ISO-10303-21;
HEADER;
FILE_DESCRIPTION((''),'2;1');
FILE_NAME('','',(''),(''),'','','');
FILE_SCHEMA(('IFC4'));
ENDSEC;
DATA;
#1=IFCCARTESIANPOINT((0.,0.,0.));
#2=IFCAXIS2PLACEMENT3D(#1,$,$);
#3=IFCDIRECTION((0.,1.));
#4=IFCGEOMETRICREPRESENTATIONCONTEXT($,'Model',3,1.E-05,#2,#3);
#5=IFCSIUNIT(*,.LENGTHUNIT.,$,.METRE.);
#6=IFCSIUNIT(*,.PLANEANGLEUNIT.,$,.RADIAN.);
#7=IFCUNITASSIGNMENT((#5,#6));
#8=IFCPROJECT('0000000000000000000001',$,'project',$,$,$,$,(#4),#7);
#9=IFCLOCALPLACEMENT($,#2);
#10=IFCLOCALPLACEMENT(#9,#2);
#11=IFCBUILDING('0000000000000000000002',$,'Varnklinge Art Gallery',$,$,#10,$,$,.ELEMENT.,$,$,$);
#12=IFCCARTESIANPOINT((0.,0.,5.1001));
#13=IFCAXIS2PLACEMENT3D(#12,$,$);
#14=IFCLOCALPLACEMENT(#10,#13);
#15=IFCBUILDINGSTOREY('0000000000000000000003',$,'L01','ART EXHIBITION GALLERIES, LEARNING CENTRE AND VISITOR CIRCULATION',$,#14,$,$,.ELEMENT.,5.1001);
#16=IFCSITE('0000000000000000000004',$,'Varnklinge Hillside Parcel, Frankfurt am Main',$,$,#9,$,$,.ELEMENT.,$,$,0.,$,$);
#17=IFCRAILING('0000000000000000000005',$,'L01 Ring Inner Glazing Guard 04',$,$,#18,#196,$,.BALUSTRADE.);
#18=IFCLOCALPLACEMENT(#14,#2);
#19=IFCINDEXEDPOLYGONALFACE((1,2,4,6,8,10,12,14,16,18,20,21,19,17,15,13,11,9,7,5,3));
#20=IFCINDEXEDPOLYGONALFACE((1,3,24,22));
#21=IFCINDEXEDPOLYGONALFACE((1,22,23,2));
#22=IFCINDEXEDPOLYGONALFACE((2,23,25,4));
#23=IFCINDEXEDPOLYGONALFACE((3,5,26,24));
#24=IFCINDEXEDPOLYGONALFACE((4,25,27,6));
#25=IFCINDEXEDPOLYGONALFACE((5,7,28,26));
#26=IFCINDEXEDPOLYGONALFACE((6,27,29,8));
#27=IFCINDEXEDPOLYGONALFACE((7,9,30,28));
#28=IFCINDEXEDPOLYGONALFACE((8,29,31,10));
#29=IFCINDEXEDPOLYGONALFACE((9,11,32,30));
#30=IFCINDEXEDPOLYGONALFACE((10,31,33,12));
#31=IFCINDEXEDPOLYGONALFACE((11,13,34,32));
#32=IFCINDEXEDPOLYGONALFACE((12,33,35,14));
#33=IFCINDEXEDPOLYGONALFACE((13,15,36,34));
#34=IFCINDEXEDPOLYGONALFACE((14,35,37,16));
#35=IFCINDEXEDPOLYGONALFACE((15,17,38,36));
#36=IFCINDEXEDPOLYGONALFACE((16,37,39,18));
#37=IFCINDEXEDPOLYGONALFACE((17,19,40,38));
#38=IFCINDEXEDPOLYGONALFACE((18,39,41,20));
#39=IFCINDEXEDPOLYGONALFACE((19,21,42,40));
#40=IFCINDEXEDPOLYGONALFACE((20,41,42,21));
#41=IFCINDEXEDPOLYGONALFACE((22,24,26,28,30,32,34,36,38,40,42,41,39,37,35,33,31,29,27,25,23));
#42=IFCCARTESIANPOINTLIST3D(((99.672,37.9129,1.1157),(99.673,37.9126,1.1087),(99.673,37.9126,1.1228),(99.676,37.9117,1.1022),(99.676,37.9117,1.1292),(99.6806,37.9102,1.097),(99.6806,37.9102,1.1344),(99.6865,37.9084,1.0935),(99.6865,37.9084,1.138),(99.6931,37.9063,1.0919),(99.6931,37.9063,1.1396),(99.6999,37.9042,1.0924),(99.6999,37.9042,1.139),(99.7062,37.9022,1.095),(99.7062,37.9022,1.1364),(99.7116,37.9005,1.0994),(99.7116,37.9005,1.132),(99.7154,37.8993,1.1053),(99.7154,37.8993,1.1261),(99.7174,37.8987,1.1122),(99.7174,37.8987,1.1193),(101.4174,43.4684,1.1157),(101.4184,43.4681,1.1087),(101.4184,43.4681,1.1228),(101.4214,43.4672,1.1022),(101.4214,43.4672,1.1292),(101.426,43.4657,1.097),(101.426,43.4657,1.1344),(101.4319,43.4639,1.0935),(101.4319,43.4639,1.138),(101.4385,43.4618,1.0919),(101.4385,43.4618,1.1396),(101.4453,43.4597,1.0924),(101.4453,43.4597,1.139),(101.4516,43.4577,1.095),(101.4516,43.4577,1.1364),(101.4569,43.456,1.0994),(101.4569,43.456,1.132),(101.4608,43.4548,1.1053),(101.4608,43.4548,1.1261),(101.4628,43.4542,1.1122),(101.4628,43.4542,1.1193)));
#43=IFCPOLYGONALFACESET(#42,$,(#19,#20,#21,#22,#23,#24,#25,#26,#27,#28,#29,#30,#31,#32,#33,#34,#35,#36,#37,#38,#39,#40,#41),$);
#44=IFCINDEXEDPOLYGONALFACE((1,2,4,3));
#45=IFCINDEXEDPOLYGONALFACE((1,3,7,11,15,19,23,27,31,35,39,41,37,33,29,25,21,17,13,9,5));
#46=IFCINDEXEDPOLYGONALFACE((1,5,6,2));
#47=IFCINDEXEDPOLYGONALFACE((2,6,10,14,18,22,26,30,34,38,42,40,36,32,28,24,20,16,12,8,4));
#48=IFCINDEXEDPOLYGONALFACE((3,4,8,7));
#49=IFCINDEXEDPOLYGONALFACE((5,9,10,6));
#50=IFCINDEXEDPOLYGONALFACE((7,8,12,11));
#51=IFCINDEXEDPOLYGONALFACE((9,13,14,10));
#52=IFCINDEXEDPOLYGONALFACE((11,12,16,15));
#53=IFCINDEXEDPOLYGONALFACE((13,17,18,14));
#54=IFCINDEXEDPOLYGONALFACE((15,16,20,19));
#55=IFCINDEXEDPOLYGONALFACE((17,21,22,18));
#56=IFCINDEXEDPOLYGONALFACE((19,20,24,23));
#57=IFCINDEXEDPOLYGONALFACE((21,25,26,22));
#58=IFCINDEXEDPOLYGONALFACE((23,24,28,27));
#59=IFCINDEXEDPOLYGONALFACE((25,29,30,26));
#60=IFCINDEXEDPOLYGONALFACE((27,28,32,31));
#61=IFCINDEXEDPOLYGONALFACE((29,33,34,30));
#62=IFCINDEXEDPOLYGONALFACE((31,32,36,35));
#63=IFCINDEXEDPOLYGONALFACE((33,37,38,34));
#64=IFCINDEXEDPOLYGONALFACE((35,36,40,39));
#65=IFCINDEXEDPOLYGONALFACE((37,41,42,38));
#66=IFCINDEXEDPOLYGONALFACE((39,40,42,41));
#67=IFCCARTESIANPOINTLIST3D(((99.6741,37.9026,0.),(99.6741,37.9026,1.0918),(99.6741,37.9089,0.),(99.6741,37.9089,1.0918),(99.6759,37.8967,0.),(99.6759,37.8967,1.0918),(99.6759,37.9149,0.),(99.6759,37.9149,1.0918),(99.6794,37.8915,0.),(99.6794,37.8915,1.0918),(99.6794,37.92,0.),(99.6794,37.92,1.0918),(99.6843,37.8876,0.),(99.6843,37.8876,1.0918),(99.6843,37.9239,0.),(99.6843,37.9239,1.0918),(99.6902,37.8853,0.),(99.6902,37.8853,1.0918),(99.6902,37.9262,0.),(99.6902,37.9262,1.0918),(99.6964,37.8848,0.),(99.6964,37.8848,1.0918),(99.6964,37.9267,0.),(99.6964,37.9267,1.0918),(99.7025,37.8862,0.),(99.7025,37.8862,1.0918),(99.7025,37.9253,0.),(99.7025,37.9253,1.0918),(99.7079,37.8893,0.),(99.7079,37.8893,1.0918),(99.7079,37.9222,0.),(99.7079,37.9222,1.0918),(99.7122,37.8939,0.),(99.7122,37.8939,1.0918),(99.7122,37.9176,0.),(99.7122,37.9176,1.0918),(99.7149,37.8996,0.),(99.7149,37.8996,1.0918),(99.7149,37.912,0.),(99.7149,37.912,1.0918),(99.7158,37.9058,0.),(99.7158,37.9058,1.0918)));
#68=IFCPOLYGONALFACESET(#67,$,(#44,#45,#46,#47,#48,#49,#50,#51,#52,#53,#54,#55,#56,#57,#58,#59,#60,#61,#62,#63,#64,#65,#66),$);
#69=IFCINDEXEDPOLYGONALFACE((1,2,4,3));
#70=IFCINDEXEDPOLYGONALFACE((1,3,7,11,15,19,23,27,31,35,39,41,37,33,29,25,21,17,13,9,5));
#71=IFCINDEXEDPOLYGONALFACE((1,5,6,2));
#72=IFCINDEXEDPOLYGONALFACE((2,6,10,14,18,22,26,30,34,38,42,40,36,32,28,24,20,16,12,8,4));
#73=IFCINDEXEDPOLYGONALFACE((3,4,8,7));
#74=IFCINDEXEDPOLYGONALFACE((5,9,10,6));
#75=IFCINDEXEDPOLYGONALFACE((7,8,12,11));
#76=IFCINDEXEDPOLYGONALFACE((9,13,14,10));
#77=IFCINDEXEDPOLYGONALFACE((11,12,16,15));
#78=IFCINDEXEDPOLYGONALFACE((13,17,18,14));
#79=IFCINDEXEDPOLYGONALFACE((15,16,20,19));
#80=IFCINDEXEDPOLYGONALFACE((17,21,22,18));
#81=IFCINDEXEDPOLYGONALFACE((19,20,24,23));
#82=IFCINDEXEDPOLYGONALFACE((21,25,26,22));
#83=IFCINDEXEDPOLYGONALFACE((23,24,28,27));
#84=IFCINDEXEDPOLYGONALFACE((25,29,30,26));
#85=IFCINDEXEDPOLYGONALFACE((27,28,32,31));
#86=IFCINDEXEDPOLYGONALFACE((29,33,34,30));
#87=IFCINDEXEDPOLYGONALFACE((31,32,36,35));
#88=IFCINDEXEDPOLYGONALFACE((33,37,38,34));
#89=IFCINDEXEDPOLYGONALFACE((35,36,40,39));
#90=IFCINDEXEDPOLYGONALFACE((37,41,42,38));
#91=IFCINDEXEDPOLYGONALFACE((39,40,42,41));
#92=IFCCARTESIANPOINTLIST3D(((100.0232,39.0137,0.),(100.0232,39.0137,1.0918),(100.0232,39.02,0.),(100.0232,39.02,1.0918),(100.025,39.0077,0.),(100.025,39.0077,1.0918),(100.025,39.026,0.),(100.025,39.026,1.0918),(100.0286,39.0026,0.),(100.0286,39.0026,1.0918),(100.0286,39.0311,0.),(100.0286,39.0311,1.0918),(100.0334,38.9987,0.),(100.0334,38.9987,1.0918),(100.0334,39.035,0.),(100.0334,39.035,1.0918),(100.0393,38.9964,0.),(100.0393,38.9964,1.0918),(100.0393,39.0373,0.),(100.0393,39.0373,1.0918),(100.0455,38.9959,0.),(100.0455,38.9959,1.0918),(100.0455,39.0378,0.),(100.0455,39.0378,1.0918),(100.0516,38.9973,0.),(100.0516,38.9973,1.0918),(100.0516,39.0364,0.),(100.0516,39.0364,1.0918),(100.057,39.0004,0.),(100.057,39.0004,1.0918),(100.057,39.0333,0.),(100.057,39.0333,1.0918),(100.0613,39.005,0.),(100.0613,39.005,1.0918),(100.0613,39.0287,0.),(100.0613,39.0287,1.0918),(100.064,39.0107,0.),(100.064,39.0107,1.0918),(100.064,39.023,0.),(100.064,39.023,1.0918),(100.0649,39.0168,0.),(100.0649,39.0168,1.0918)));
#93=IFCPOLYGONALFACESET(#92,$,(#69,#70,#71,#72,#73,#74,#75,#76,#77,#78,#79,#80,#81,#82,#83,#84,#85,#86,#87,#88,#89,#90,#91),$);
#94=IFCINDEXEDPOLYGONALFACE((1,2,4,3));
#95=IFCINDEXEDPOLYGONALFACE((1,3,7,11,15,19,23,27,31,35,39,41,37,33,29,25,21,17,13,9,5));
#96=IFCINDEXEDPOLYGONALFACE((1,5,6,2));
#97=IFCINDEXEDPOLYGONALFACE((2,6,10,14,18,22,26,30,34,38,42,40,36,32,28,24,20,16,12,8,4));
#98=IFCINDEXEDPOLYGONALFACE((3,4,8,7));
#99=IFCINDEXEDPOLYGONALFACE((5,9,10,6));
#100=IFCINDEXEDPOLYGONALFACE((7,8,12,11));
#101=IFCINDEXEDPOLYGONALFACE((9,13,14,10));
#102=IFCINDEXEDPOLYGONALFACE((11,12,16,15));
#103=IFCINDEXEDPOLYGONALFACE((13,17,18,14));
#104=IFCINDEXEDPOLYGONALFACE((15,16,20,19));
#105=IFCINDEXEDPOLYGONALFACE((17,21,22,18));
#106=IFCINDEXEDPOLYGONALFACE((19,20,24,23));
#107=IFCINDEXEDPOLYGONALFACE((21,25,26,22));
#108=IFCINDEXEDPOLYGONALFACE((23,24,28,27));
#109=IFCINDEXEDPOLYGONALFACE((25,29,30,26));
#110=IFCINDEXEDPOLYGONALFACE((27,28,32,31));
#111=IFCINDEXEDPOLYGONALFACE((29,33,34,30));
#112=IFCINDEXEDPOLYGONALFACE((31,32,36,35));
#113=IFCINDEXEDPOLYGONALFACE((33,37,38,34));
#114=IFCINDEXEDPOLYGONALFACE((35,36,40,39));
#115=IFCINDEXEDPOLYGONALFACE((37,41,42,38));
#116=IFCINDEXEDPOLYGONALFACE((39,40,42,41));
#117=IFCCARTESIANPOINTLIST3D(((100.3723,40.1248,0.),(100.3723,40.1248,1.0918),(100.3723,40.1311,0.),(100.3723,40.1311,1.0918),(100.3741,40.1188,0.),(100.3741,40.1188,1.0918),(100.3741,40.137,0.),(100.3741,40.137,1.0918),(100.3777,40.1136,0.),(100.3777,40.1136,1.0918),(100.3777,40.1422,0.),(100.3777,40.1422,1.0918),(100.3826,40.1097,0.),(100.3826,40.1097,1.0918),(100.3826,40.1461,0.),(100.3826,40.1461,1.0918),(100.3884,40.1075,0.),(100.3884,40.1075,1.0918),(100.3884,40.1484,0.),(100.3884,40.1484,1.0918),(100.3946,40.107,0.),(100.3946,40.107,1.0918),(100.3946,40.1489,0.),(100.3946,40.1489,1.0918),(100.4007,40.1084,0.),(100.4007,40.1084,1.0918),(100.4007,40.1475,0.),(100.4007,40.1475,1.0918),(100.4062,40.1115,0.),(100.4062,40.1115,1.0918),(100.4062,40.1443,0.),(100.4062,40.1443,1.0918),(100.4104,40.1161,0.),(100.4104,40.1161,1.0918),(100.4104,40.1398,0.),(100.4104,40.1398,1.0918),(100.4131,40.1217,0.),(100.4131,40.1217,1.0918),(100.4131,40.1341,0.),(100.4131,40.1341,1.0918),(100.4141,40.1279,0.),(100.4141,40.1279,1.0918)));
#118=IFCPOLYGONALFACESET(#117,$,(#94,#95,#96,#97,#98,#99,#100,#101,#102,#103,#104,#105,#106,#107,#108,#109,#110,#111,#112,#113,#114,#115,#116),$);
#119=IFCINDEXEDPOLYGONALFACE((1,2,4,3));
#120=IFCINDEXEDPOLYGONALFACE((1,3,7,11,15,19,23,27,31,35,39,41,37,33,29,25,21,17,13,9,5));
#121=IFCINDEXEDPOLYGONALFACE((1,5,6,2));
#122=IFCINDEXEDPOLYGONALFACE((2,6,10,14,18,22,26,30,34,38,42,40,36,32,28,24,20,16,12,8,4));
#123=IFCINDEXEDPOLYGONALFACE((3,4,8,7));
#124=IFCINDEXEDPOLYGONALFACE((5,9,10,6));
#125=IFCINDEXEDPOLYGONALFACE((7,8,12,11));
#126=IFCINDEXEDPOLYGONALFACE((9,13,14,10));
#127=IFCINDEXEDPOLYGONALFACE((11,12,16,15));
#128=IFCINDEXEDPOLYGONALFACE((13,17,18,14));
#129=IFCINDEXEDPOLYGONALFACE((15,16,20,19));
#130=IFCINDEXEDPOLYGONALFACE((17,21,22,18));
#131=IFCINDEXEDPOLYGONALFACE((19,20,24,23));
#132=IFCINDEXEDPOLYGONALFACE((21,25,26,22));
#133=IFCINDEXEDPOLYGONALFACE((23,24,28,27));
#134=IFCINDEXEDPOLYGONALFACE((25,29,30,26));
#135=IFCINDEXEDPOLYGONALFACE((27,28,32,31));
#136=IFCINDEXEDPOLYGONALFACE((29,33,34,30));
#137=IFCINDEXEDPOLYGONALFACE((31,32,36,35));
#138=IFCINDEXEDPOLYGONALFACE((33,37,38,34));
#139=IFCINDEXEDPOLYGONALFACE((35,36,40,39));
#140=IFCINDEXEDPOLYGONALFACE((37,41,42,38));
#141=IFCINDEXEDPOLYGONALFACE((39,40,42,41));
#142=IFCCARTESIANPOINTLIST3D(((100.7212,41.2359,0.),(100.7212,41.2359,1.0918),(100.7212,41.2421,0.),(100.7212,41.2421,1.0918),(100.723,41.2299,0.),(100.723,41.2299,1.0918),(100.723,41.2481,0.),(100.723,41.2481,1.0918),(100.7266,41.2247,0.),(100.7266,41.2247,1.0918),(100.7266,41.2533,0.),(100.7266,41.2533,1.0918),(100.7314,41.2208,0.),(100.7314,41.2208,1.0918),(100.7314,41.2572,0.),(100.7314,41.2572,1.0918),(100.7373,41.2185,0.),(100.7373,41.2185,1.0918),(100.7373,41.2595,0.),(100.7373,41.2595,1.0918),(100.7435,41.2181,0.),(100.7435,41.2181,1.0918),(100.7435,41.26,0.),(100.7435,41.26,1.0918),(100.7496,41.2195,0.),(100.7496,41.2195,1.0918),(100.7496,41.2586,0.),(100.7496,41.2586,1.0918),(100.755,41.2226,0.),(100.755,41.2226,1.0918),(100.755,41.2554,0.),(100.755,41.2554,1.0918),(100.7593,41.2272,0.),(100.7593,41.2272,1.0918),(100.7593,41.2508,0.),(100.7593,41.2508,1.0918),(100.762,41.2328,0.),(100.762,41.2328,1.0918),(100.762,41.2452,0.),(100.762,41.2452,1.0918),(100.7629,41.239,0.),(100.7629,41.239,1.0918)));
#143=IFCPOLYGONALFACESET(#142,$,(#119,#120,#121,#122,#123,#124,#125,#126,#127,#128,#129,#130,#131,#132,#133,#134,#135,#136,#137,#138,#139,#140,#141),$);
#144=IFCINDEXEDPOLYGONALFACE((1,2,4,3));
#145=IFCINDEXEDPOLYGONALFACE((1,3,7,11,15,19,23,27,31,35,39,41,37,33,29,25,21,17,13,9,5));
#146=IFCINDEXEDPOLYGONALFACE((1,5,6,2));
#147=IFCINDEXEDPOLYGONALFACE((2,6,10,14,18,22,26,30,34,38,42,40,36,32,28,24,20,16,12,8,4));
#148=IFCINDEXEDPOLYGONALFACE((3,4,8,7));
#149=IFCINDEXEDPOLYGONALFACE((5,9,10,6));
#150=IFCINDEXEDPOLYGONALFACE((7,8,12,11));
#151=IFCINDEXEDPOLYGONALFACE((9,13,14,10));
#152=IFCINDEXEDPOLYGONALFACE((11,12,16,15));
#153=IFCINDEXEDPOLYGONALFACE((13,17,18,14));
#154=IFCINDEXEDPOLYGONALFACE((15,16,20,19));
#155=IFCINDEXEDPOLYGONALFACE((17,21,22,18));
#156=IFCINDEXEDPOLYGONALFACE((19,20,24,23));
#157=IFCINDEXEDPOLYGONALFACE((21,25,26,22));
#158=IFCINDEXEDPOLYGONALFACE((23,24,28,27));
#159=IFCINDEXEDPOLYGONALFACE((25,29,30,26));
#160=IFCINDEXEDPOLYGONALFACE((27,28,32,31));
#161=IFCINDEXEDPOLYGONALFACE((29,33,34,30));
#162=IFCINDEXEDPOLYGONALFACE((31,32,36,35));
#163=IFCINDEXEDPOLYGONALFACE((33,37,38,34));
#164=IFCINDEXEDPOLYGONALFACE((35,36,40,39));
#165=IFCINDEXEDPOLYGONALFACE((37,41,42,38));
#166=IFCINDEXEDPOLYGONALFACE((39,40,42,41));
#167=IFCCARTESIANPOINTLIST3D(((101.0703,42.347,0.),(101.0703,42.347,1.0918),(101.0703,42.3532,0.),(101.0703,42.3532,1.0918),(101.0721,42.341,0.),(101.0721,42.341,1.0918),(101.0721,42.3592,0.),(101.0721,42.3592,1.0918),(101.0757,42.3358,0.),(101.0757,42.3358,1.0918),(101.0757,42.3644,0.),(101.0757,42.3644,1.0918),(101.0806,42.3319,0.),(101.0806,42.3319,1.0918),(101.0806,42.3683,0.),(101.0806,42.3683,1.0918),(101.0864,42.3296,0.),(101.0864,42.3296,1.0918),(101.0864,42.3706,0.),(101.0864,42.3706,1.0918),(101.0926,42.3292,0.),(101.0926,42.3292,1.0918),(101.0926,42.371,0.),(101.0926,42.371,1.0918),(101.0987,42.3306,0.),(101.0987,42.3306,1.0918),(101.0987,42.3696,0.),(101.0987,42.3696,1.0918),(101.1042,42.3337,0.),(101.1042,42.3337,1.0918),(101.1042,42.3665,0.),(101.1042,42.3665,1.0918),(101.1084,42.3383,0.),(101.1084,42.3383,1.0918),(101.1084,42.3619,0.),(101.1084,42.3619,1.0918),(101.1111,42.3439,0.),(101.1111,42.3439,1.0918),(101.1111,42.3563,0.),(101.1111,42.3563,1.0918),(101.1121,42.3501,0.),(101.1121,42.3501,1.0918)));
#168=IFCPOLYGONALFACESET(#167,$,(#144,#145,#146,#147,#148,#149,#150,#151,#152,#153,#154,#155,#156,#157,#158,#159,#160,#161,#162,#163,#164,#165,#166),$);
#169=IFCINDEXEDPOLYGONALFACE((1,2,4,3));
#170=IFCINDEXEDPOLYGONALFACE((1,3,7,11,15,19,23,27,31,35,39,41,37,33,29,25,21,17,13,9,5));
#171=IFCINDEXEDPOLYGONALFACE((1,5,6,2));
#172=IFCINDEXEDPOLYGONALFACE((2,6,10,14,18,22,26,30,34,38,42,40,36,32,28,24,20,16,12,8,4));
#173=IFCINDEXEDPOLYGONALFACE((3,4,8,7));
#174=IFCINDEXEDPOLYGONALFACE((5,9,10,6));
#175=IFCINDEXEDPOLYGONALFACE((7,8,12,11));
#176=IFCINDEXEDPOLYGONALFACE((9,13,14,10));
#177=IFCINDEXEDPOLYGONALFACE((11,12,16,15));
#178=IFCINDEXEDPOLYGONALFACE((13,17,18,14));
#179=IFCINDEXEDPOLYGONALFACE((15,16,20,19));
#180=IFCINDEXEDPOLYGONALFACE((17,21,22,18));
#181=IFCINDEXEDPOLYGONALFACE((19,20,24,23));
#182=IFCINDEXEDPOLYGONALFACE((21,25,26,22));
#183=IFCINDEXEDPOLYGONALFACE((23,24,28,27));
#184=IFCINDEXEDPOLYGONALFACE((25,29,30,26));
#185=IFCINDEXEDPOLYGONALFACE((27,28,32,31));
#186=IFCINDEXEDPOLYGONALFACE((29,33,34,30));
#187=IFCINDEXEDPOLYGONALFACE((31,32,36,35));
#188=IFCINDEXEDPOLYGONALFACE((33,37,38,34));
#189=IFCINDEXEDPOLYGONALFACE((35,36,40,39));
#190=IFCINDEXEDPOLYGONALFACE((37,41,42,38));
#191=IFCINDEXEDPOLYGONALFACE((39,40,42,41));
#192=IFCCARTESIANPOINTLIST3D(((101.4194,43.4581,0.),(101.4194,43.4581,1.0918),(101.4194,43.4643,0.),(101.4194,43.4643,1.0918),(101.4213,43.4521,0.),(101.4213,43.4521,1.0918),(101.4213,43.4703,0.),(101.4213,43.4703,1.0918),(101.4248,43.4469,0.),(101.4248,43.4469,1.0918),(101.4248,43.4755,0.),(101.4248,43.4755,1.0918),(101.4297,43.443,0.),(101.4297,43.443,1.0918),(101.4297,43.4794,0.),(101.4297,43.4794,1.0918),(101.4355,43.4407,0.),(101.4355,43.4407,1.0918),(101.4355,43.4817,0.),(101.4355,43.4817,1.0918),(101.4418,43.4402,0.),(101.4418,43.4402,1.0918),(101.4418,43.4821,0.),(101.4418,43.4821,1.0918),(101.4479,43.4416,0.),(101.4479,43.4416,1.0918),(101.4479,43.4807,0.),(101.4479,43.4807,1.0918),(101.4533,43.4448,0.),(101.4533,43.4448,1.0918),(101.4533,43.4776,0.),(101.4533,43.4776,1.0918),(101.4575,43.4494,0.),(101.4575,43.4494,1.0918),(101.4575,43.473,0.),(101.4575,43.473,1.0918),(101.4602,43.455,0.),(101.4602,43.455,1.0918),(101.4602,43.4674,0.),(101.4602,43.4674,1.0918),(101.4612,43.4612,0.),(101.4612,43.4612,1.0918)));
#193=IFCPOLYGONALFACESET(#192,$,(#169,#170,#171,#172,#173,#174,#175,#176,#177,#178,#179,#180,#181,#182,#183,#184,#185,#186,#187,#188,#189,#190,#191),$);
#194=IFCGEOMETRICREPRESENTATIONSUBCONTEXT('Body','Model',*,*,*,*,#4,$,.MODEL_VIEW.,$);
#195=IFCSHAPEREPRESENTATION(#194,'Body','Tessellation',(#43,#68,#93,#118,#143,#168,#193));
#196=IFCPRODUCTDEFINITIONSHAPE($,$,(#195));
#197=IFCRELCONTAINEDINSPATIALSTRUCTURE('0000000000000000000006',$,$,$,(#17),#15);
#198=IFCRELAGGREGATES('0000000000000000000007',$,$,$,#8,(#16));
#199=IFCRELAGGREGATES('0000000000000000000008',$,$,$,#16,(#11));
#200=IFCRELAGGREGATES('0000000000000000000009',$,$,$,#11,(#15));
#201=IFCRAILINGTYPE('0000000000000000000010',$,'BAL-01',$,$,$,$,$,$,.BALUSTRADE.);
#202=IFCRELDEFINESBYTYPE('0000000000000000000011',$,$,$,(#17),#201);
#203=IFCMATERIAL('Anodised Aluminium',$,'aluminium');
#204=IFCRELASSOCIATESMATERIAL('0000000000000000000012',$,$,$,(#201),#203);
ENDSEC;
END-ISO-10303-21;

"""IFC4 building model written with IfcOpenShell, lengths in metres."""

from ifc_helpers import new_model, si_unit, direction, frame, origin, origin_2d, place, context, subcontext, project, spatial, circle, extrude, material, type_object, element, save


model = new_model("IFC4")

# Units and contexts
model_context = context("Model", 3, precision=1e-05, world=origin(), true_north=direction((0.0, 1.0)))
body_context = subcontext(model_context, "Body", "Model", "MODEL_VIEW")
ifc_project = project(units=[si_unit("LENGTHUNIT", "METRE"), si_unit("PLANEANGLEUNIT", "RADIAN")], contexts=[model_context])

# Site, building, storey
site_placement = place(None, origin())
site = spatial("IfcSite", under=ifc_project, at=site_placement, Name="Varnklinge Hillside Parcel, Frankfurt am Main", CompositionType="ELEMENT", RefElevation=0.0)
building_placement = place(site_placement, origin())
building = spatial("IfcBuilding", under=site, at=building_placement, Name="Varnklinge Art Gallery", CompositionType="ELEMENT")
storey_placement = place(building_placement, frame((0.0, 0.0, 5.1001)))
storey = spatial("IfcBuildingStorey", under=building, at=storey_placement, Name="L01", Description="ART EXHIBITION GALLERIES, LEARNING CENTRE AND VISITOR CIRCULATION", CompositionType="ELEMENT", Elevation=5.1001)

# Railing
ifc_material_1 = material(Name="Anodised Aluminium", Category="aluminium")
railing_type = type_object("IfcRailingType", Name="BAL-01", PredefinedType="BALUSTRADE", material=ifc_material_1)
railing_placement = place(storey_placement, frame((99.6948, 37.9058, 0.0)))
element("IfcRailing", 1, at=railing_placement, inside=storey, type_object=railing_type, Name="L01 Ring Inner Glazing Guard 04", PredefinedType="BALUSTRADE", context=body_context, shape_type="SweptSolid", body=[
    extrude(circle(Radius=0.0239, at=origin_2d()), frame((0.0, 0.0, 1.1157), z_axis=(0.299728, 0.954025, 0.0), x_axis=(-0.954025, 0.299728, 0.0)), (0.0, 0.0, 1.0), 5.8232),
    extrude(circle(Radius=0.021, at=origin_2d()), origin(), (0.0, 0.0, 1.0), 1.0918),
    extrude(circle(Radius=0.021, at=origin_2d()), frame((0.3491, 1.1111, 0.0)), (0.0, 0.0, 1.0), 1.0918),
    extrude(circle(Radius=0.021, at=origin_2d()), frame((0.6982, 2.2222, 0.0)), (0.0, 0.0, 1.0), 1.0918),
    extrude(circle(Radius=0.021, at=origin_2d()), frame((1.0471, 3.3333, 0.0)), (0.0, 0.0, 1.0), 1.0918),
    extrude(circle(Radius=0.021, at=origin_2d()), frame((1.3962, 4.4443, 0.0)), (0.0, 0.0, 1.0), 1.0918),
    extrude(circle(Radius=0.021, at=origin_2d()), frame((1.7454, 5.5554, 0.0)), (0.0, 0.0, 1.0), 1.0918),
])

save(model, "model.ifc")
